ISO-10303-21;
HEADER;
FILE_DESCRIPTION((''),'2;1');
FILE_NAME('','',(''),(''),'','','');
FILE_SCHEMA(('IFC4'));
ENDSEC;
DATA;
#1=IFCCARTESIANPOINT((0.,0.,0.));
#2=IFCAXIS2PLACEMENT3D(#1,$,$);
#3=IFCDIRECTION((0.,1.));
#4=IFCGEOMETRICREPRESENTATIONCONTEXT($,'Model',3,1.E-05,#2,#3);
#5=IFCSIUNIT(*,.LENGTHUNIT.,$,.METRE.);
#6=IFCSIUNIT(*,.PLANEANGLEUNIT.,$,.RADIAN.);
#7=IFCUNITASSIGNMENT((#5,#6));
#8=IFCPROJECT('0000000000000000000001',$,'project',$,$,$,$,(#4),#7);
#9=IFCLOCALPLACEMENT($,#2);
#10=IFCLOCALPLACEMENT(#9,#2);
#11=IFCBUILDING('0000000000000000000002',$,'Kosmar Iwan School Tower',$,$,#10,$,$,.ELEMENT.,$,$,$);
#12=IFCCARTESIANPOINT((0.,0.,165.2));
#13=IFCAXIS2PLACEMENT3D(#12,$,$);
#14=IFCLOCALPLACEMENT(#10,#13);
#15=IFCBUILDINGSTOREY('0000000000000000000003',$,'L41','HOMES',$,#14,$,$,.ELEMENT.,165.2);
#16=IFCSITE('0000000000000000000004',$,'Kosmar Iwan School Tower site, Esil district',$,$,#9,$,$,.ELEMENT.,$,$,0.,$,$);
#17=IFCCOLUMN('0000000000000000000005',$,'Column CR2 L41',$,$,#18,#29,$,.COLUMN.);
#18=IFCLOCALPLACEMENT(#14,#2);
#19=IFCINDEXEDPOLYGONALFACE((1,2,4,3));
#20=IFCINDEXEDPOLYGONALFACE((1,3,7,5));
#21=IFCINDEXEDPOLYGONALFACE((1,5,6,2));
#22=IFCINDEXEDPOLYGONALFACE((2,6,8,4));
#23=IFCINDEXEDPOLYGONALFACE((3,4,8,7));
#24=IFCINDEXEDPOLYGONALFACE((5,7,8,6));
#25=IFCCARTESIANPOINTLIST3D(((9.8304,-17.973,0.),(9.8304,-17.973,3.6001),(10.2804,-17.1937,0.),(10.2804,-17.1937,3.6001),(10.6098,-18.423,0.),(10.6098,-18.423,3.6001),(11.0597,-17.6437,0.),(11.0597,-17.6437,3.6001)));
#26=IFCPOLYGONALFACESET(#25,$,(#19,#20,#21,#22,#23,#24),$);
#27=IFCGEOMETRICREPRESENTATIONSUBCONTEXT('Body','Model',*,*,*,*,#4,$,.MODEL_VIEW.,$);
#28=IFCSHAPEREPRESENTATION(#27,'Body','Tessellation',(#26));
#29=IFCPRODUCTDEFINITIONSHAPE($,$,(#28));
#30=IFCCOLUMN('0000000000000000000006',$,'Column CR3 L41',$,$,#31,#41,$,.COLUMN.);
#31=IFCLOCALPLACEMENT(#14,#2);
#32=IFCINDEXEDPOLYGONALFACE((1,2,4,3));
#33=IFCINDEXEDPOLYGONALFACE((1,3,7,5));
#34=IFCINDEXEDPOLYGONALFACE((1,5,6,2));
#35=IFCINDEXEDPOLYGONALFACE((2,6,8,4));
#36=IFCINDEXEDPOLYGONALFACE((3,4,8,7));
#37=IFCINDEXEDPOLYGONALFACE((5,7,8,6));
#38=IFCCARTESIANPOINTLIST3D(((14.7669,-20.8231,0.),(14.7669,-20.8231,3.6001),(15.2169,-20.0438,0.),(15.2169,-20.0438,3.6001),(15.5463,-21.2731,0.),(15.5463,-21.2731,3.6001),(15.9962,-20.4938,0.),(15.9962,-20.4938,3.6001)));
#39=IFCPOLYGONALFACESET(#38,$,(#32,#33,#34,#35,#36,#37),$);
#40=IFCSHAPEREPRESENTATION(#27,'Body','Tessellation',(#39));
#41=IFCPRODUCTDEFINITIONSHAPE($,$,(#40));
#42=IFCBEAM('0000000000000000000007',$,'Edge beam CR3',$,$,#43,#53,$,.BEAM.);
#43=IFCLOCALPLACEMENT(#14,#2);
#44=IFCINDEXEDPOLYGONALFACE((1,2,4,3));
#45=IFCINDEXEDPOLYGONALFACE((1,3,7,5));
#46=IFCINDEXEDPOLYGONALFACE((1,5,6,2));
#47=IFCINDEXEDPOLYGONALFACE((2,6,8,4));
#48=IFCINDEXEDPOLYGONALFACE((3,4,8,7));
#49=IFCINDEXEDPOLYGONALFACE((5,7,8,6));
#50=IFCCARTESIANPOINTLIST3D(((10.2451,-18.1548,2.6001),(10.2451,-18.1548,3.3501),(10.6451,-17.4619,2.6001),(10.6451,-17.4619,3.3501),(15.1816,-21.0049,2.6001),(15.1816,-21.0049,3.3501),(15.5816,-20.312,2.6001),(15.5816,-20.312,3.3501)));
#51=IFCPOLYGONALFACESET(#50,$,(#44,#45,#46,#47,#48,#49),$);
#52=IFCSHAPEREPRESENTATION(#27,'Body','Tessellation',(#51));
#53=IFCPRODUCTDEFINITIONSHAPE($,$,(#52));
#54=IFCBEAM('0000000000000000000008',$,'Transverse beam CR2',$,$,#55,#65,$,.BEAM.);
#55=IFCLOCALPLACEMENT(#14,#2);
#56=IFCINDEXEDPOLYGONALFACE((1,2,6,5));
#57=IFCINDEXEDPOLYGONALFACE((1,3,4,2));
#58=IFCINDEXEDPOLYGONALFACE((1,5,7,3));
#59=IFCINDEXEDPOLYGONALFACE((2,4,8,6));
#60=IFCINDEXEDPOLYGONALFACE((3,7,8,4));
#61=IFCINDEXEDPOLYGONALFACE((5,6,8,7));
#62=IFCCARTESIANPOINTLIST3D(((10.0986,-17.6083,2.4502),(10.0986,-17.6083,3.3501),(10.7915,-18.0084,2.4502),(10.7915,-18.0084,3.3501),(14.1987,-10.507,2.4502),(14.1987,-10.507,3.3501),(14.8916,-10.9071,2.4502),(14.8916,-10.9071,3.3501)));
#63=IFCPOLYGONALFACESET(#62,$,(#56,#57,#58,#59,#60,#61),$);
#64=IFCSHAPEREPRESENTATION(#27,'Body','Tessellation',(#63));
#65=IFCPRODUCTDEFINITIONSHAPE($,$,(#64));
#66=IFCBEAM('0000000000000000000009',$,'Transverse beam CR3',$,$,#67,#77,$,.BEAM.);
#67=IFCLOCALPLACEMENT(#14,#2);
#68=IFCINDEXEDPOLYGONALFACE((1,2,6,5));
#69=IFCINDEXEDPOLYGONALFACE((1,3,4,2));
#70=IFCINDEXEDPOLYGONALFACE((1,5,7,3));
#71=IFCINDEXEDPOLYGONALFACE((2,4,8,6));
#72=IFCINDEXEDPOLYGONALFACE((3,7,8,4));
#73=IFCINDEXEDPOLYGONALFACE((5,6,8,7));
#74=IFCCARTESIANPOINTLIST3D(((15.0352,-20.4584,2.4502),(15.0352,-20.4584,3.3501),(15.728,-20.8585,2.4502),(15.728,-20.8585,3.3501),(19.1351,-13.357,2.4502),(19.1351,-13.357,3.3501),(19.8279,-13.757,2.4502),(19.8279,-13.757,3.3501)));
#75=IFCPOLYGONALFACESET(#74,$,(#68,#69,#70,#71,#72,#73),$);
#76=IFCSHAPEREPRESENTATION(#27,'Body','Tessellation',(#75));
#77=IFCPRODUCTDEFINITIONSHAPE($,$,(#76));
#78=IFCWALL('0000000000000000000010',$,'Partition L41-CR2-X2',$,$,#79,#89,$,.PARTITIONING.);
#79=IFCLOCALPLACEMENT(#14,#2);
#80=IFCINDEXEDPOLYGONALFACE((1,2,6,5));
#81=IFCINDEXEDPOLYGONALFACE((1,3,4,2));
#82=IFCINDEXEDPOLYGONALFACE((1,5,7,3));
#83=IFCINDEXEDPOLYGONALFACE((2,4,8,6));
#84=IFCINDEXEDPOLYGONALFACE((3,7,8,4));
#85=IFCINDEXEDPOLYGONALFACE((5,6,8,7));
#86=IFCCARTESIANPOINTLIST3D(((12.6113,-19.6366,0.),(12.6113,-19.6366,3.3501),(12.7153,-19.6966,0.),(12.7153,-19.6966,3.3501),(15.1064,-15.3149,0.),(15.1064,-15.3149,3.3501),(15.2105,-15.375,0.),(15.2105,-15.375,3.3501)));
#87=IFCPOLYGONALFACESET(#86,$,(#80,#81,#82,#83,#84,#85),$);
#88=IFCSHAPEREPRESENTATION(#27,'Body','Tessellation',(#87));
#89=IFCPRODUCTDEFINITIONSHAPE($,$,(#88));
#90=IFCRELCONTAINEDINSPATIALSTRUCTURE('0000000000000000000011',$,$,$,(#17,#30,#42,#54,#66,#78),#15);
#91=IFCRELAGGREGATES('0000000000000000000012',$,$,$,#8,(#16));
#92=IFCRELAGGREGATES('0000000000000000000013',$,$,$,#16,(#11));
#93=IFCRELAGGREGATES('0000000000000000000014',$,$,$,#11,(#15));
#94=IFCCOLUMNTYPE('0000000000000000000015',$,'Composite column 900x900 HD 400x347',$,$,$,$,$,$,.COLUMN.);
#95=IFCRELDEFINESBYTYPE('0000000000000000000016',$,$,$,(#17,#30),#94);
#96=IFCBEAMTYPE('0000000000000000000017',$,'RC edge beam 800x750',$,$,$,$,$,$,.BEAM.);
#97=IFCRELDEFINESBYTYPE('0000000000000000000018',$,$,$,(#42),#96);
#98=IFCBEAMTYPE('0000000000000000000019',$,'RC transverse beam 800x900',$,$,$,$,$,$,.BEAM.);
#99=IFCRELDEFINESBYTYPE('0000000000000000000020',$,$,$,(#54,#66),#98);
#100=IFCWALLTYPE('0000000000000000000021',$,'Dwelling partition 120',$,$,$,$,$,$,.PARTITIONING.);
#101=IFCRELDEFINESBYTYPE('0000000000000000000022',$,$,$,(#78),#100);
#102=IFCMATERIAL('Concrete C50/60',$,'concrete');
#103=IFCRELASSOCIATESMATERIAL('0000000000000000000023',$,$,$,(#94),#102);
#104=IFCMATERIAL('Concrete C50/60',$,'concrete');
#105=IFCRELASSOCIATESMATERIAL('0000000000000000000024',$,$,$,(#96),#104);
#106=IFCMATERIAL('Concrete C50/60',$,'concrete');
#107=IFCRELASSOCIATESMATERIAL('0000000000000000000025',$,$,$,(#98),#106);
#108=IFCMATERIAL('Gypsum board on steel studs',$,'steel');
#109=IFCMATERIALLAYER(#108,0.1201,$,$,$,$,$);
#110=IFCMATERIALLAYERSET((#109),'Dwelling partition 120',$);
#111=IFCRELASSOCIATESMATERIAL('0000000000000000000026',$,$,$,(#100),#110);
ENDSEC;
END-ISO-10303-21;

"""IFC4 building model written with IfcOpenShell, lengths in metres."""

from ifc_helpers import new_model, si_unit, direction, frame, frame_2d, origin, origin_2d, place, context, subcontext, project, spatial, rectangle, extrude, material, layer, layer_set, material_profile, profile_set, type_object, element, save


model = new_model("IFC4")

# Units and contexts
model_context = context("Model", 3, precision=1e-05, world=origin(), true_north=direction((0.0, 1.0)))
body_context = subcontext(model_context, "Body", "Model", "MODEL_VIEW")
ifc_project = project(units=[si_unit("LENGTHUNIT", "METRE"), si_unit("PLANEANGLEUNIT", "RADIAN")], contexts=[model_context])

# Site, building, storey
site_placement = place(None, origin())
site = spatial("IfcSite", under=ifc_project, at=site_placement, Name="Kosmar Iwan School Tower site, Esil district", CompositionType="ELEMENT", RefElevation=0.0)
building_placement = place(site_placement, origin())
building = spatial("IfcBuilding", under=site, at=building_placement, Name="Kosmar Iwan School Tower", CompositionType="ELEMENT")
storey_placement = place(building_placement, frame((0.0, 0.0, 165.2)))
storey = spatial("IfcBuildingStorey", under=building, at=storey_placement, Name="L41", Description="HOMES", CompositionType="ELEMENT", Elevation=165.2)

# Columns
ifc_material_1 = material(Name="Concrete C50/60", Category="concrete")
ifc_material_profile_1 = material_profile(ifc_material_1, rectangle(XDim=0.8999, YDim=0.8999, at=origin_2d()), Name="RC 900x900 + HD 400x347")
ifc_profile_set_1 = profile_set([ifc_material_profile_1], Name="Concrete C50/60")
column_type = type_object("IfcColumnType", Name="Composite column 900x900 HD 400x347", PredefinedType="COLUMN", material=ifc_profile_set_1)
for number, where, z_axis, x_axis, name in (
    (1, (10.4451, -17.8083, 0.0), (0.0, 0.0, 1.0), (0.866025, -0.5, 0.0), "Column CR2 L41"),
    (2, (15.3816, -20.6584, 0.0), (0.0, 0.0, 1.0), (0.866025, -0.5, 0.0), "Column CR3 L41"),
):
    element("IfcColumn", number, at=place(storey_placement, frame(where, z_axis=z_axis, x_axis=x_axis)), inside=storey, type_object=column_type, Name=name, PredefinedType="COLUMN", context=body_context, shape_type="SweptSolid", body=[
        extrude(rectangle(XDim=0.8999, YDim=0.8999, at=origin_2d()), origin(), (0.0, 0.0, 1.0), 3.6001),
    ])

# Beams
ifc_material_2 = material(Name="Concrete C50/60", Category="concrete")
ifc_material_profile_2 = material_profile(ifc_material_2, rectangle(XDim=0.8, YDim=0.75, at=origin_2d()), Name="RC 800x750")
ifc_profile_set_2 = profile_set([ifc_material_profile_2], Name="Concrete C50/60")
beam_type_1 = type_object("IfcBeamType", Name="RC edge beam 800x750", PredefinedType="BEAM", material=ifc_profile_set_2)
beam_placement = place(storey_placement, frame((10.4451, -17.8083, 2.9751), z_axis=(0.866026, -0.499999, 0.0), x_axis=(0.499999, 0.866026, 0.0)))
element("IfcBeam", 3, at=beam_placement, inside=storey, type_object=beam_type_1, Name="Edge beam CR3", PredefinedType="BEAM", context=body_context, shape_type="SweptSolid", body=[
    extrude(rectangle(XDim=0.8, YDim=0.75, at=origin_2d()), origin(), (0.0, 0.0, 1.0), 5.7002),
])
ifc_material_3 = material(Name="Concrete C50/60", Category="concrete")
ifc_material_profile_3 = material_profile(ifc_material_3, rectangle(XDim=0.8, YDim=0.8999, at=origin_2d()), Name="RC 800x900")
ifc_profile_set_3 = profile_set([ifc_material_profile_3], Name="Concrete C50/60")
beam_type_2 = type_object("IfcBeamType", Name="RC transverse beam 800x900", PredefinedType="BEAM", material=ifc_profile_set_3)
for number, where, z_axis, x_axis, name in (
    (4, (10.4451, -17.8083, 2.9001), (0.500014, 0.866018, 0.0), (-0.866018, 0.500014, 0.0), "Transverse beam CR2"),
    (5, (15.3816, -20.6584, 2.9001), (0.499991, 0.86603, 0.0), (-0.86603, 0.499991, 0.0), "Transverse beam CR3"),
):
    element("IfcBeam", number, at=place(storey_placement, frame(where, z_axis=z_axis, x_axis=x_axis)), inside=storey, type_object=beam_type_2, Name=name, PredefinedType="BEAM", context=body_context, shape_type="SweptSolid", body=[
        extrude(rectangle(XDim=0.8, YDim=0.8999, at=origin_2d()), origin(), (0.0, 0.0, 1.0), 8.2),
    ])

# Wall
ifc_material_4 = material(Name="Gypsum board on steel studs", Category="steel")
ifc_layer = layer(ifc_material_4, 0.1201)
ifc_layer_set = layer_set([ifc_layer], Name="Dwelling partition 120")
wall_type = type_object("IfcWallType", Name="Dwelling partition 120", PredefinedType="PARTITIONING", material=ifc_layer_set)
wall_placement = place(storey_placement, frame((15.1584, -15.345, 0.0), z_axis=(0.0, 0.0, 1.0), x_axis=(-0.500012, -0.866019, 0.0)))
element("IfcWall", 6, at=wall_placement, inside=storey, type_object=wall_type, Name="Partition L41-CR2-X2", PredefinedType="PARTITIONING", context=body_context, shape_type="SweptSolid", body=[
    extrude(rectangle(XDim=4.9902, YDim=0.1201, at=frame_2d((2.4951, 0.0))), origin(), (0.0, 0.0, 1.0), 3.3501),
])

save(model, "model.ifc")
